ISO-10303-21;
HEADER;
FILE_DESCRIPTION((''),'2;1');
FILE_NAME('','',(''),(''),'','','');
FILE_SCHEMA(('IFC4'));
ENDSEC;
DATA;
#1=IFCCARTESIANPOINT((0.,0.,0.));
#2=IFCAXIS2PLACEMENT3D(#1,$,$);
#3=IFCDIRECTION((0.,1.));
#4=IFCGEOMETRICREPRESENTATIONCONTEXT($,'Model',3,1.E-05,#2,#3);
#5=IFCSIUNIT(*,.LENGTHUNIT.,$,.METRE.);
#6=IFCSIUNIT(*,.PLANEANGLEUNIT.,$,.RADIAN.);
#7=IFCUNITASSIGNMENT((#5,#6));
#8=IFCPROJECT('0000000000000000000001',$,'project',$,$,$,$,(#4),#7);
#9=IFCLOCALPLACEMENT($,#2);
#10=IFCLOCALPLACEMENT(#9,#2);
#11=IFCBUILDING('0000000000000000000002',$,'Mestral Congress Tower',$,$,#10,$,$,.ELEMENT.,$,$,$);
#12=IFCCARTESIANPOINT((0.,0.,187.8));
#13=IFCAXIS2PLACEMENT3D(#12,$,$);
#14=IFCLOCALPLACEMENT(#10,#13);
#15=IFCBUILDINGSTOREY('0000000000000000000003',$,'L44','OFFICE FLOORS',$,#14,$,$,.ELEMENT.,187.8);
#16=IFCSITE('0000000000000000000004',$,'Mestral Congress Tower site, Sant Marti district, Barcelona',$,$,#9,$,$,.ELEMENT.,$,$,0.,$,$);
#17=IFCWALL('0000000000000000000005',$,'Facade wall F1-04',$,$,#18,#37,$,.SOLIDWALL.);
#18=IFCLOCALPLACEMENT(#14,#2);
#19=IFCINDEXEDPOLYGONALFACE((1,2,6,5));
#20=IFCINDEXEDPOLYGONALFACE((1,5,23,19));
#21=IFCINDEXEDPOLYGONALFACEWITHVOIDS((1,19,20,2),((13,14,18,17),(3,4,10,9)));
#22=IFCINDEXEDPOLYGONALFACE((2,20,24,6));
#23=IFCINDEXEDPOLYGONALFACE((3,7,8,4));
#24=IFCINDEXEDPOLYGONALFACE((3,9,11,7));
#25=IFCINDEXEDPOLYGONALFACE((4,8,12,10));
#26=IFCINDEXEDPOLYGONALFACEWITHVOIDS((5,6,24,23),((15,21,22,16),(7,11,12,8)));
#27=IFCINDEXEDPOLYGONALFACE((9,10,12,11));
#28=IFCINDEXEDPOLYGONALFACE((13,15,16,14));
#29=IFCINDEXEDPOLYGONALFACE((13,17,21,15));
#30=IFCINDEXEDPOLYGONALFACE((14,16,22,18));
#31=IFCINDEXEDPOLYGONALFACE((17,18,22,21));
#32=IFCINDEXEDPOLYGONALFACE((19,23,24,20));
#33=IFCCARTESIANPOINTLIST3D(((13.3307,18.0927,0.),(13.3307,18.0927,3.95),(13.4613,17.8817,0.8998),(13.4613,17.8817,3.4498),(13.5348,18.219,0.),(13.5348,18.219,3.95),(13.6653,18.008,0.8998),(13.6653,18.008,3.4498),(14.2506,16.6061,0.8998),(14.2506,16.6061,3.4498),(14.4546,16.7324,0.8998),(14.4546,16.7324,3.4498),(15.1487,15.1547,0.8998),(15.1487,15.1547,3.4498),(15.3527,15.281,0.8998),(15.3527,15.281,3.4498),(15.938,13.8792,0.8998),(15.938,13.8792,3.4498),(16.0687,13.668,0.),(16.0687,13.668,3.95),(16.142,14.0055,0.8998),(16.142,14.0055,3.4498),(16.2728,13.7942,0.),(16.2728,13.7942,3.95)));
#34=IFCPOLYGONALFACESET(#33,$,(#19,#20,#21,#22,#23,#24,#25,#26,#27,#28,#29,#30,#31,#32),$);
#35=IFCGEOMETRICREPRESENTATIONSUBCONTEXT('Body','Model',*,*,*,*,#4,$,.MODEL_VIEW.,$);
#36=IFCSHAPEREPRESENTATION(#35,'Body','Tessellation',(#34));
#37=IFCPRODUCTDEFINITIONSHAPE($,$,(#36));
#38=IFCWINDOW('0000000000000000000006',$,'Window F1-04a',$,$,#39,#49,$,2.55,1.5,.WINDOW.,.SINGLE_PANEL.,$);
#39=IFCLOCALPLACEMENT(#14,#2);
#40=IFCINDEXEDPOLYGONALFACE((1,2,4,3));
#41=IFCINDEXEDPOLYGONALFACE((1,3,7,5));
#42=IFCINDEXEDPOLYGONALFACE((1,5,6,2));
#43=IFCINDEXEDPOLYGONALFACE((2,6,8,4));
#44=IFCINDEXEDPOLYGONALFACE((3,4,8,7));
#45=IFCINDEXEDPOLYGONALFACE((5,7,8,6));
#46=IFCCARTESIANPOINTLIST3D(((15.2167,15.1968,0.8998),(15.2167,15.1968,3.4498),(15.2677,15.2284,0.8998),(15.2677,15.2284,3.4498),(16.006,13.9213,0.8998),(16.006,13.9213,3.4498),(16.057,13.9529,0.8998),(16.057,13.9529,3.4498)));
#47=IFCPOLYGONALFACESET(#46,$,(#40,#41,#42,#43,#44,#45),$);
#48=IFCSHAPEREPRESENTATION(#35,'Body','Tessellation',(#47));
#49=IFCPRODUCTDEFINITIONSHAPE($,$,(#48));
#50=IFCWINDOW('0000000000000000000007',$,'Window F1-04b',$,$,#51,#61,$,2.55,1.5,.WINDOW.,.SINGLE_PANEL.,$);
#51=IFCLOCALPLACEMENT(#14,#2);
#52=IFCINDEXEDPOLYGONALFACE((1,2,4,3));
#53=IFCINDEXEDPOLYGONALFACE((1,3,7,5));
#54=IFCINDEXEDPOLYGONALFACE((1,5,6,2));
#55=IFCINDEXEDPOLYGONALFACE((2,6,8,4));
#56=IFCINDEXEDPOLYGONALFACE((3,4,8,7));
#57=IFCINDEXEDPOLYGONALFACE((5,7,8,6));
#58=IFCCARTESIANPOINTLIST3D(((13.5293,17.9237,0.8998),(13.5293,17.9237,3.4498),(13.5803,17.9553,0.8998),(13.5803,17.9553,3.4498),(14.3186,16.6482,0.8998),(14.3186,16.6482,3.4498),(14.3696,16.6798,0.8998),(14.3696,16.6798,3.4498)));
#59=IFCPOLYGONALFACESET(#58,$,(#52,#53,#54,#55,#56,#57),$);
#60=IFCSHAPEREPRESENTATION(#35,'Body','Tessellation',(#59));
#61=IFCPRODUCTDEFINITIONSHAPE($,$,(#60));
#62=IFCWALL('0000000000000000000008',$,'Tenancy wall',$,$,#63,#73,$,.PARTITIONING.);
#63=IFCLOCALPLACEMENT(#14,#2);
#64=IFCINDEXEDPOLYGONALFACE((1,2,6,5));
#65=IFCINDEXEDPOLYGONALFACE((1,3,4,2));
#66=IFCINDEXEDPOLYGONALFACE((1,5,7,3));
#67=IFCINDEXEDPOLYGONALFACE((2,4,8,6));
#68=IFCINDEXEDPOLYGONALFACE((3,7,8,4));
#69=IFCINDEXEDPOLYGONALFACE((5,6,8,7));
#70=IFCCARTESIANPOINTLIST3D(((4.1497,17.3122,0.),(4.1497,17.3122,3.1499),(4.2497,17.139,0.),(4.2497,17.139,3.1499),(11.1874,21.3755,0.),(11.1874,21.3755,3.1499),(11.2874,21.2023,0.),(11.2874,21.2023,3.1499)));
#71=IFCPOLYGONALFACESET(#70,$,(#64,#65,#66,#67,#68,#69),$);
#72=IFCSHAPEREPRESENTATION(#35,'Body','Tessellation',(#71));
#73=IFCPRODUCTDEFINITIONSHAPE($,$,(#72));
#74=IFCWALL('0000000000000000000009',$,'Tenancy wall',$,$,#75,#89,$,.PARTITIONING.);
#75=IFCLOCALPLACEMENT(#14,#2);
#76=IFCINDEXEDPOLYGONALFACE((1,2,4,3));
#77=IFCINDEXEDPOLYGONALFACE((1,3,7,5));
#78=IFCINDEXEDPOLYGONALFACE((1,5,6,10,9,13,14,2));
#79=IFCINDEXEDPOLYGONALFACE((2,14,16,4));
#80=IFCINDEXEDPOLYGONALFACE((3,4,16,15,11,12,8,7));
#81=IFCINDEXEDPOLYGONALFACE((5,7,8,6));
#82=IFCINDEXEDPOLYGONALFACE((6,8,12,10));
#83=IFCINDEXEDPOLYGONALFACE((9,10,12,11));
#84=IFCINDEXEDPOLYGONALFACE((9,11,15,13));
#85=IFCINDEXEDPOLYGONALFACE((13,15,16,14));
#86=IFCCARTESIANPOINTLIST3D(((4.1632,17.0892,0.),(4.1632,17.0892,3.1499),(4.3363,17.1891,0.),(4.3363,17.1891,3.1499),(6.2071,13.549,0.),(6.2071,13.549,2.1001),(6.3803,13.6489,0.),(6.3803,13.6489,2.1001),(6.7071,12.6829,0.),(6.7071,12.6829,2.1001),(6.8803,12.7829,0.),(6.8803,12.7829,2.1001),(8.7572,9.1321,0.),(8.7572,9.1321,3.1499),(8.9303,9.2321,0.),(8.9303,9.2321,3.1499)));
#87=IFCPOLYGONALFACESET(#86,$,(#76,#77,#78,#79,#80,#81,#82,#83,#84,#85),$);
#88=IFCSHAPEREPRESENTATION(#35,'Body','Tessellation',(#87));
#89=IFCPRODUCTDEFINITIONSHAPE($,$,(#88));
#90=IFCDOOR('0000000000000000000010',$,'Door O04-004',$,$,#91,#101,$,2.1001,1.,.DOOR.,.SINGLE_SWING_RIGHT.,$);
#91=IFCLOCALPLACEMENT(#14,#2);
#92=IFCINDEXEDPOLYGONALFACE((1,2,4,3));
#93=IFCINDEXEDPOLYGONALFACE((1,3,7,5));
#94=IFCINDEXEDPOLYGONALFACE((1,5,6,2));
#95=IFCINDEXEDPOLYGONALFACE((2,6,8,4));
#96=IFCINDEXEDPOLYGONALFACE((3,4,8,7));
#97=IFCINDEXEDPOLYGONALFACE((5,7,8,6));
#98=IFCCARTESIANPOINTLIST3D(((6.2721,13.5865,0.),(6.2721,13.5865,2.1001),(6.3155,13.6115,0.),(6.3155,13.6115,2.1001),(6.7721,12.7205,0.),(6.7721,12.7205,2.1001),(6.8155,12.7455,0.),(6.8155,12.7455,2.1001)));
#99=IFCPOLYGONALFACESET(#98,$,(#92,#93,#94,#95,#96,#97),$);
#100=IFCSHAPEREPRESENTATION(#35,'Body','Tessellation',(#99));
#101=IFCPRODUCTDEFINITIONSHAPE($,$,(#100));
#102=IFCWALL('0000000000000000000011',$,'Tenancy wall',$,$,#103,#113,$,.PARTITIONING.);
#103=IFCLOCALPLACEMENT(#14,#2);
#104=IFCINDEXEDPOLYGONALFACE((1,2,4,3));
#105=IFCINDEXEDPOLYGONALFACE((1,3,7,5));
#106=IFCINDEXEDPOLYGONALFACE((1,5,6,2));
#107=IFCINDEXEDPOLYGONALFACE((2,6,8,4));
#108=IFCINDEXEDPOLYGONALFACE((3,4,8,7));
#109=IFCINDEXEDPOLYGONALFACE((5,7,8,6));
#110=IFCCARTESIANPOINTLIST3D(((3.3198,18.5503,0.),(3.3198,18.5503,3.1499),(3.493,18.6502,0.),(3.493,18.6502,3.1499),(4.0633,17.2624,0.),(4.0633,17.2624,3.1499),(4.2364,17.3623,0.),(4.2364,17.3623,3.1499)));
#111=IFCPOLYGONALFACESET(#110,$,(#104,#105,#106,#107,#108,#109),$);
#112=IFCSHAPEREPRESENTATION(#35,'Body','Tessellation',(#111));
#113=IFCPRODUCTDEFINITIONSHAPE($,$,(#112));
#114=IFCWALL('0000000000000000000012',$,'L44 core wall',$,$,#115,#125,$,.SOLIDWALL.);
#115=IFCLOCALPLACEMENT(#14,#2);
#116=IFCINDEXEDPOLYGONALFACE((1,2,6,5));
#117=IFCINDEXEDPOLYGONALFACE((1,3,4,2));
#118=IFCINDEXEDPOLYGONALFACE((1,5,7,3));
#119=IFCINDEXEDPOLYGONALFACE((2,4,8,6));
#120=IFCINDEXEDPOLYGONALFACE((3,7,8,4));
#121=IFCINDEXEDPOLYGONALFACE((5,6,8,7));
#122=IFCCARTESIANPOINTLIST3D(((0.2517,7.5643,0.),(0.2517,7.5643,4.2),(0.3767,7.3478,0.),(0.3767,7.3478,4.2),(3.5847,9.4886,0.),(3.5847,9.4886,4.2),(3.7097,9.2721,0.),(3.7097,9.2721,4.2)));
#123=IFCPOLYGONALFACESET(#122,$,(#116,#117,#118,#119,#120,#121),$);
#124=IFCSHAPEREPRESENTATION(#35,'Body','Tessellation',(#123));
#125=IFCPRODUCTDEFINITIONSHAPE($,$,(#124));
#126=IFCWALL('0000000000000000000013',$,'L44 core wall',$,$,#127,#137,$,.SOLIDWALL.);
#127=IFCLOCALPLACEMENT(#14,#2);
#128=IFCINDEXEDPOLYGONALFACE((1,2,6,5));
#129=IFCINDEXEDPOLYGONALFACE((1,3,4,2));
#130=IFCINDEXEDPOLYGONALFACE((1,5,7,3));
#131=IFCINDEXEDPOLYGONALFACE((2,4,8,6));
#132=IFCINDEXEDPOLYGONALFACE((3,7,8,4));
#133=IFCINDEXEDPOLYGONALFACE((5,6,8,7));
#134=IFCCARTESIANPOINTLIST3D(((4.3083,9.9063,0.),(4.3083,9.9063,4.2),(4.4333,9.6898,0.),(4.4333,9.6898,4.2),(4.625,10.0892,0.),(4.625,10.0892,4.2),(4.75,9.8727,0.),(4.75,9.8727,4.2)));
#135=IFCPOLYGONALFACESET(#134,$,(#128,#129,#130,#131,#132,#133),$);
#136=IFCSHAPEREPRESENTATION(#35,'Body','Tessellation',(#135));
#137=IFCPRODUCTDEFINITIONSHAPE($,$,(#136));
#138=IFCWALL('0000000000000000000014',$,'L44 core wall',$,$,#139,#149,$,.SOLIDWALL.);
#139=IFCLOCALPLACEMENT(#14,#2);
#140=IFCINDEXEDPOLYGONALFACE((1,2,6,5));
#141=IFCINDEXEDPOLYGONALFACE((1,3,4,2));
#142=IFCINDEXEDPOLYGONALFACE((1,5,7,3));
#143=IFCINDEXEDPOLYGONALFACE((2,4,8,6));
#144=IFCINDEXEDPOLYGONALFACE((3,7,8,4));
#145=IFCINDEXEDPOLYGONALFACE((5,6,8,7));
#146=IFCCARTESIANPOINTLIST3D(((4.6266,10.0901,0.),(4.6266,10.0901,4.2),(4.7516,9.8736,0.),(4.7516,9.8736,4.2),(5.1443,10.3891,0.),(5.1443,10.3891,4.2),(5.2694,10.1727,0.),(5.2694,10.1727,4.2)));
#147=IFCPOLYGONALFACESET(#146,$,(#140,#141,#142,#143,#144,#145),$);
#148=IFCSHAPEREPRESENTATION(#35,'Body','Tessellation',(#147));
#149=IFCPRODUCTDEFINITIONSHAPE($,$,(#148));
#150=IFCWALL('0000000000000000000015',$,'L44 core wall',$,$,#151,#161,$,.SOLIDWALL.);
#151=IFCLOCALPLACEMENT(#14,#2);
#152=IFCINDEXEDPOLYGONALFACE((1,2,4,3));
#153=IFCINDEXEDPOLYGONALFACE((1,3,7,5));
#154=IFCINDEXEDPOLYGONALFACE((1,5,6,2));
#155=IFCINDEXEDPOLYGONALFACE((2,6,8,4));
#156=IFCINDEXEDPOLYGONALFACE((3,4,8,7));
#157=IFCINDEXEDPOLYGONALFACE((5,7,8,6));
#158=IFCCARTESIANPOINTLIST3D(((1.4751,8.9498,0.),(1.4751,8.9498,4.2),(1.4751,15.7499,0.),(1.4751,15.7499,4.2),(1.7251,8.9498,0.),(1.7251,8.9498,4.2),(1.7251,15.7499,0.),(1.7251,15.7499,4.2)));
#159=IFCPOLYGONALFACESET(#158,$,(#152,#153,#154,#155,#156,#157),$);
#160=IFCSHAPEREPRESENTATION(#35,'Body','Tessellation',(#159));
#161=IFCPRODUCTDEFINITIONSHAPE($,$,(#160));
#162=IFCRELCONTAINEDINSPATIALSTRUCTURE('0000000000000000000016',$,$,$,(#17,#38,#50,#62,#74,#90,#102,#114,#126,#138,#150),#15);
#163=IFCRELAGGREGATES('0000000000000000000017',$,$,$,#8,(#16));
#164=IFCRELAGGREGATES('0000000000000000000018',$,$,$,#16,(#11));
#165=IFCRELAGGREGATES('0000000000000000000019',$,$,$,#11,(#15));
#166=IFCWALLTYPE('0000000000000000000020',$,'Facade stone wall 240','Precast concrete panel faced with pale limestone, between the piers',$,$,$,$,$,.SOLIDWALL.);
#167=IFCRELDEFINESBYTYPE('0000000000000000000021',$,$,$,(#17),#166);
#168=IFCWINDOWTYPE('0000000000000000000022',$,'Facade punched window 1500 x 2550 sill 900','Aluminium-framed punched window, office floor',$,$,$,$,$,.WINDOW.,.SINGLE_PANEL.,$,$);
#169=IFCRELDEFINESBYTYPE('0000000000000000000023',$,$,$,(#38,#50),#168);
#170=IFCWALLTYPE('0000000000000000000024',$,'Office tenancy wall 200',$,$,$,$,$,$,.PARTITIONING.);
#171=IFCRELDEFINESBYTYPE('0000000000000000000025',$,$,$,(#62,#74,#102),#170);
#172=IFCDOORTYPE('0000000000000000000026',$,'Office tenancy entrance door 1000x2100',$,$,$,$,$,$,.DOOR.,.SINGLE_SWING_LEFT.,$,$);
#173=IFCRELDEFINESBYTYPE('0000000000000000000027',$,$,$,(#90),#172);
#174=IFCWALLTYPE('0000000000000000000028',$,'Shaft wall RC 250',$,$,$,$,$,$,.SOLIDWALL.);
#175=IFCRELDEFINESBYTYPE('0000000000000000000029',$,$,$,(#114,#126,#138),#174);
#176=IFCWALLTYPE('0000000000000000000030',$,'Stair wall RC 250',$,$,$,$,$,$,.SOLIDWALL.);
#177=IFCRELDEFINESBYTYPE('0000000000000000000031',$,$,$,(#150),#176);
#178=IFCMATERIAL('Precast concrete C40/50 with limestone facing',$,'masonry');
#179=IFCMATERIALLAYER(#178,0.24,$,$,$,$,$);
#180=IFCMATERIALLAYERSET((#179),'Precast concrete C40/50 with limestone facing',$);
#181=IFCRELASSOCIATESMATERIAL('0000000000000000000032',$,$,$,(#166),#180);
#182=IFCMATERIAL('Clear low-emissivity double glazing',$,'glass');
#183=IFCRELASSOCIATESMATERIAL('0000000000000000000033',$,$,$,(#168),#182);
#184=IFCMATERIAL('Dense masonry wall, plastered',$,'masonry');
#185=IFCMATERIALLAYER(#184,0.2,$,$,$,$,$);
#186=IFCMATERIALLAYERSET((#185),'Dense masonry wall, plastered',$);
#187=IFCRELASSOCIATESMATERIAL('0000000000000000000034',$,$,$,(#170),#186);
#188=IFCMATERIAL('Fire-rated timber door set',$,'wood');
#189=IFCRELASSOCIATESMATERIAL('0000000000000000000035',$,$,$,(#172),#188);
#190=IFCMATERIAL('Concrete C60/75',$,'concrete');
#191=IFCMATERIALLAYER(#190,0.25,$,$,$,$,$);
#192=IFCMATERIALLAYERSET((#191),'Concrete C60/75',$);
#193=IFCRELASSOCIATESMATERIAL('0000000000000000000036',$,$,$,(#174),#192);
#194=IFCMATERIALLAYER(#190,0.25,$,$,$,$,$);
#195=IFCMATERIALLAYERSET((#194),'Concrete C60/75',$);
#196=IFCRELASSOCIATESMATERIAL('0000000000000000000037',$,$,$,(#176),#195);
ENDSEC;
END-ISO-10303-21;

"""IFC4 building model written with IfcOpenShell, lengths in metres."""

from ifc_helpers import new_model, si_unit, direction, frame, frame_2d, origin, place, context, subcontext, project, spatial, rectangle, extrude, material, layer, layer_set, type_object, element, fill, save


model = new_model("IFC4")

# Units and contexts
model_context = context("Model", 3, precision=1e-05, world=origin(), true_north=direction((0.0, 1.0)))
body_context = subcontext(model_context, "Body", "Model", "MODEL_VIEW")
ifc_project = project(units=[si_unit("LENGTHUNIT", "METRE"), si_unit("PLANEANGLEUNIT", "RADIAN")], contexts=[model_context])

# Site, building, storey
site_placement = place(None, origin())
site = spatial("IfcSite", under=ifc_project, at=site_placement, Name="Mestral Congress Tower site, Sant Marti district, Barcelona", CompositionType="ELEMENT", RefElevation=0.0)
building_placement = place(site_placement, origin())
building = spatial("IfcBuilding", under=site, at=building_placement, Name="Mestral Congress Tower", CompositionType="ELEMENT")
storey_placement = place(building_placement, frame((0.0, 0.0, 187.8)))
storey = spatial("IfcBuildingStorey", under=building, at=storey_placement, Name="L44", Description="OFFICE FLOORS", CompositionType="ELEMENT", Elevation=187.8)

# Shared definitions
ifc_material_1 = material(Name="Concrete C60/75", Category="concrete")

# Wall, openings, windows
ifc_material_2 = material(Name="Precast concrete C40/50 with limestone facing", Category="masonry")
ifc_layer_1 = layer(ifc_material_2, 0.24)
ifc_layer_set_1 = layer_set([ifc_layer_1], Name="Precast concrete C40/50 with limestone facing")
wall_type_1 = type_object("IfcWallType", Name="Facade stone wall 240", Description="Precast concrete panel faced with pale limestone, between the piers", PredefinedType="SOLIDWALL", material=ifc_layer_set_1)
wall_1_placement = place(storey_placement, frame((16.1707, 13.7312, 0.0), z_axis=(0.0, 0.0, 1.0), x_axis=(-0.526198, 0.850362, 0.0)))
wall_1 = element("IfcWall", 1, at=wall_1_placement, inside=storey, type_object=wall_type_1, Name="Facade wall F1-04", PredefinedType="SOLIDWALL", context=body_context, shape_type="SweptSolid", body=[
    extrude(rectangle(XDim=5.2034, YDim=0.24, at=frame_2d((2.6016, 0.0))), origin(), (0.0, 0.0, 1.0), 3.95),
])
opening_1_placement = place(wall_1_placement, frame((0.2483, 0.0, 0.8999)))
opening_1 = element("IfcOpeningElement", 2, at=opening_1_placement, cuts=wall_1, PredefinedType="OPENING", context=body_context, shape_type="SweptSolid", body=[
    extrude(rectangle(XDim=1.5, YDim=2.55, at=frame_2d((0.75, 1.2749))), frame((0.0, 0.1299, 0.0), z_axis=(0.0, -1.0, 0.0), x_axis=(1.0, 0.0, 0.0)), (0.0, 0.0, 1.0), 0.26),
])
opening_2_placement = place(wall_1_placement, frame((3.4551, 0.0, 0.8999)))
opening_2 = element("IfcOpeningElement", 3, at=opening_2_placement, cuts=wall_1, PredefinedType="OPENING", context=body_context, shape_type="SweptSolid", body=[
    extrude(rectangle(XDim=1.5, YDim=2.55, at=frame_2d((0.75, 1.2749))), frame((0.0, 0.1299, 0.0), z_axis=(0.0, -1.0, 0.0), x_axis=(1.0, 0.0, 0.0)), (0.0, 0.0, 1.0), 0.26),
])
ifc_material_3 = material(Name="Clear low-emissivity double glazing", Category="glass")
window_type = type_object("IfcWindowType", Name="Facade punched window 1500 x 2550 sill 900", Description="Aluminium-framed punched window, office floor", PartitioningType="SINGLE_PANEL", PredefinedType="WINDOW", material=ifc_material_3)
window_1_placement = place(opening_1_placement, origin())
window_1 = element("IfcWindow", 4, at=window_1_placement, inside=storey, type_object=window_type, Name="Window F1-04a", OverallHeight=2.55, OverallWidth=1.5, PartitioningType="SINGLE_PANEL", PredefinedType="WINDOW", context=body_context, shape_type="SweptSolid", body=[
    extrude(rectangle(XDim=1.5, YDim=2.55, at=frame_2d((0.75, 1.2749))), frame((0.0, 0.04, 0.0), z_axis=(0.0, -1.0, 0.0), x_axis=(1.0, 0.0, 0.0)), (0.0, 0.0, 1.0), 0.0601),
])
fill(opening_1, window_1)
window_2_placement = place(opening_2_placement, origin())
window_2 = element("IfcWindow", 5, at=window_2_placement, inside=storey, type_object=window_type, Name="Window F1-04b", OverallHeight=2.55, OverallWidth=1.5, PartitioningType="SINGLE_PANEL", PredefinedType="WINDOW", context=body_context, shape_type="SweptSolid", body=[
    extrude(rectangle(XDim=1.5, YDim=2.55, at=frame_2d((0.75, 1.2749))), frame((0.0, 0.04, 0.0), z_axis=(0.0, -1.0, 0.0), x_axis=(1.0, 0.0, 0.0)), (0.0, 0.0, 1.0), 0.0601),
])
fill(opening_2, window_2)

# Wall
ifc_material_4 = material(Name="Dense masonry wall, plastered", Category="masonry")
ifc_layer_2 = layer(ifc_material_4, 0.2)
ifc_layer_set_2 = layer_set([ifc_layer_2], Name="Dense masonry wall, plastered")
wall_type_2 = type_object("IfcWallType", Name="Office tenancy wall 200", PredefinedType="PARTITIONING", material=ifc_layer_set_2)
wall_2_placement = place(storey_placement, frame((4.1997, 17.2256, 0.0), z_axis=(0.0, 0.0, 1.0), x_axis=(0.866021, 0.500007, 0.0)))
element("IfcWall", 6, at=wall_2_placement, inside=storey, type_object=wall_type_2, Name="Tenancy wall", PredefinedType="PARTITIONING", context=body_context, shape_type="SweptSolid", body=[
    extrude(rectangle(XDim=8.1265, YDim=0.2, at=frame_2d((4.0632, 0.0))), origin(), (0.0, 0.0, 1.0), 3.1499),
])

# Wall, opening, door
wall_3_placement = place(storey_placement, frame((8.8438, 9.1821, 0.0), z_axis=(0.0, 0.0, 1.0), x_axis=(-0.5, 0.866025, 0.0)))
wall_3 = element("IfcWall", 7, at=wall_3_placement, inside=storey, type_object=wall_type_2, Name="Tenancy wall", PredefinedType="PARTITIONING", context=body_context, shape_type="SweptSolid", body=[
    extrude(rectangle(XDim=9.188, YDim=0.2, at=frame_2d((4.594, 0.0))), origin(), (0.0, 0.0, 1.0), 3.1499),
])
opening_3_placement = place(wall_3_placement, frame((4.1001, 0.0, 0.0)))
opening_3 = element("IfcOpeningElement", 8, at=opening_3_placement, cuts=wall_3, PredefinedType="OPENING", context=body_context, shape_type="SweptSolid", body=[
    extrude(rectangle(XDim=1.0, YDim=2.1001, at=frame_2d((0.5, 1.05))), frame((0.0, 0.1099, 0.0), z_axis=(0.0, -1.0, 0.0), x_axis=(1.0, 0.0, 0.0)), (0.0, 0.0, 1.0), 0.22),
])
ifc_material_5 = material(Name="Fire-rated timber door set", Category="wood")
door_type_1 = type_object("IfcDoorType", Name="Office tenancy entrance door 1000x2100", OperationType="SINGLE_SWING_LEFT", PredefinedType="DOOR", material=ifc_material_5)
door_1_placement = place(opening_3_placement, origin())
door_1 = element("IfcDoor", 9, at=door_1_placement, inside=storey, type_object=door_type_1, Name="Door O04-004", OperationType="SINGLE_SWING_RIGHT", OverallHeight=2.1001, OverallWidth=1.0, PredefinedType="DOOR", context=body_context, shape_type="SweptSolid", body=[
    extrude(rectangle(XDim=1.0, YDim=2.1001, at=frame_2d((0.5, 1.05))), frame((0.0, 0.0249, 0.0), z_axis=(0.0, -1.0, 0.0), x_axis=(1.0, 0.0, 0.0)), (0.0, 0.0, 1.0), 0.05),
])
fill(opening_3, door_1)

# Walls
wall_4_placement = place(storey_placement, frame((4.1499, 17.3123, 0.0), z_axis=(0.0, 0.0, 1.0), x_axis=(-0.499936, 0.866063, 0.0)))
element("IfcWall", 10, at=wall_4_placement, inside=storey, type_object=wall_type_2, Name="Tenancy wall", PredefinedType="PARTITIONING", context=body_context, shape_type="SweptSolid", body=[
    extrude(rectangle(XDim=1.4871, YDim=0.2, at=frame_2d((0.7437, 0.0))), origin(), (0.0, 0.0, 1.0), 3.1499),
])
ifc_layer_3 = layer(ifc_material_1, 0.25)
ifc_layer_set_3 = layer_set([ifc_layer_3], Name="Concrete C60/75")
wall_type_3 = type_object("IfcWallType", Name="Shaft wall RC 250", PredefinedType="SOLIDWALL", material=ifc_layer_set_3)
wall_5_placement = place(storey_placement, frame((3.6472, 9.3804, 0.0), z_axis=(0.0, 0.0, 1.0), x_axis=(-0.866025, -0.500001, 0.0)))
element("IfcWall", 11, at=wall_5_placement, inside=storey, type_object=wall_type_3, Name="L44 core wall", PredefinedType="SOLIDWALL", context=body_context, shape_type="SweptSolid", body=[
    extrude(rectangle(XDim=3.8486, YDim=0.25, at=frame_2d((1.9243, 0.0))), origin(), (0.0, 0.0, 1.0), 4.2),
])
wall_6_placement = place(storey_placement, frame((4.6875, 9.981, 0.0), z_axis=(0.0, 0.0, 1.0), x_axis=(-0.865974, -0.500088, 0.0)))
element("IfcWall", 12, at=wall_6_placement, inside=storey, type_object=wall_type_3, Name="L44 core wall", PredefinedType="SOLIDWALL", context=body_context, shape_type="SweptSolid", body=[
    extrude(rectangle(XDim=0.3657, YDim=0.25, at=frame_2d((0.1829, 0.0))), origin(), (0.0, 0.0, 1.0), 4.2),
])
wall_7_placement = place(storey_placement, frame((4.6892, 9.9819, 0.0), z_axis=(0.0, 0.0, 1.0), x_axis=(0.865948, 0.500135, 0.0)))
element("IfcWall", 13, at=wall_7_placement, inside=storey, type_object=wall_type_3, Name="L44 core wall", PredefinedType="SOLIDWALL", context=body_context, shape_type="SweptSolid", body=[
    extrude(rectangle(XDim=0.5979, YDim=0.25, at=frame_2d((0.2988, 0.0))), origin(), (0.0, 0.0, 1.0), 4.2),
])
ifc_layer_4 = layer(ifc_material_1, 0.25)
ifc_layer_set_4 = layer_set([ifc_layer_4], Name="Concrete C60/75")
wall_type_4 = type_object("IfcWallType", Name="Stair wall RC 250", PredefinedType="SOLIDWALL", material=ifc_layer_set_4)
wall_8_placement = place(storey_placement, frame((1.6001, 8.95, 0.0), z_axis=(0.0, 0.0, 1.0), x_axis=(0.0, 1.0, 0.0)))
element("IfcWall", 14, at=wall_8_placement, inside=storey, type_object=wall_type_4, Name="L44 core wall", PredefinedType="SOLIDWALL", context=body_context, shape_type="SweptSolid", body=[
    extrude(rectangle(XDim=6.8, YDim=0.25, at=frame_2d((3.3999, 0.0))), origin(), (0.0, 0.0, 1.0), 4.2),
])

save(model, "model.ifc")
